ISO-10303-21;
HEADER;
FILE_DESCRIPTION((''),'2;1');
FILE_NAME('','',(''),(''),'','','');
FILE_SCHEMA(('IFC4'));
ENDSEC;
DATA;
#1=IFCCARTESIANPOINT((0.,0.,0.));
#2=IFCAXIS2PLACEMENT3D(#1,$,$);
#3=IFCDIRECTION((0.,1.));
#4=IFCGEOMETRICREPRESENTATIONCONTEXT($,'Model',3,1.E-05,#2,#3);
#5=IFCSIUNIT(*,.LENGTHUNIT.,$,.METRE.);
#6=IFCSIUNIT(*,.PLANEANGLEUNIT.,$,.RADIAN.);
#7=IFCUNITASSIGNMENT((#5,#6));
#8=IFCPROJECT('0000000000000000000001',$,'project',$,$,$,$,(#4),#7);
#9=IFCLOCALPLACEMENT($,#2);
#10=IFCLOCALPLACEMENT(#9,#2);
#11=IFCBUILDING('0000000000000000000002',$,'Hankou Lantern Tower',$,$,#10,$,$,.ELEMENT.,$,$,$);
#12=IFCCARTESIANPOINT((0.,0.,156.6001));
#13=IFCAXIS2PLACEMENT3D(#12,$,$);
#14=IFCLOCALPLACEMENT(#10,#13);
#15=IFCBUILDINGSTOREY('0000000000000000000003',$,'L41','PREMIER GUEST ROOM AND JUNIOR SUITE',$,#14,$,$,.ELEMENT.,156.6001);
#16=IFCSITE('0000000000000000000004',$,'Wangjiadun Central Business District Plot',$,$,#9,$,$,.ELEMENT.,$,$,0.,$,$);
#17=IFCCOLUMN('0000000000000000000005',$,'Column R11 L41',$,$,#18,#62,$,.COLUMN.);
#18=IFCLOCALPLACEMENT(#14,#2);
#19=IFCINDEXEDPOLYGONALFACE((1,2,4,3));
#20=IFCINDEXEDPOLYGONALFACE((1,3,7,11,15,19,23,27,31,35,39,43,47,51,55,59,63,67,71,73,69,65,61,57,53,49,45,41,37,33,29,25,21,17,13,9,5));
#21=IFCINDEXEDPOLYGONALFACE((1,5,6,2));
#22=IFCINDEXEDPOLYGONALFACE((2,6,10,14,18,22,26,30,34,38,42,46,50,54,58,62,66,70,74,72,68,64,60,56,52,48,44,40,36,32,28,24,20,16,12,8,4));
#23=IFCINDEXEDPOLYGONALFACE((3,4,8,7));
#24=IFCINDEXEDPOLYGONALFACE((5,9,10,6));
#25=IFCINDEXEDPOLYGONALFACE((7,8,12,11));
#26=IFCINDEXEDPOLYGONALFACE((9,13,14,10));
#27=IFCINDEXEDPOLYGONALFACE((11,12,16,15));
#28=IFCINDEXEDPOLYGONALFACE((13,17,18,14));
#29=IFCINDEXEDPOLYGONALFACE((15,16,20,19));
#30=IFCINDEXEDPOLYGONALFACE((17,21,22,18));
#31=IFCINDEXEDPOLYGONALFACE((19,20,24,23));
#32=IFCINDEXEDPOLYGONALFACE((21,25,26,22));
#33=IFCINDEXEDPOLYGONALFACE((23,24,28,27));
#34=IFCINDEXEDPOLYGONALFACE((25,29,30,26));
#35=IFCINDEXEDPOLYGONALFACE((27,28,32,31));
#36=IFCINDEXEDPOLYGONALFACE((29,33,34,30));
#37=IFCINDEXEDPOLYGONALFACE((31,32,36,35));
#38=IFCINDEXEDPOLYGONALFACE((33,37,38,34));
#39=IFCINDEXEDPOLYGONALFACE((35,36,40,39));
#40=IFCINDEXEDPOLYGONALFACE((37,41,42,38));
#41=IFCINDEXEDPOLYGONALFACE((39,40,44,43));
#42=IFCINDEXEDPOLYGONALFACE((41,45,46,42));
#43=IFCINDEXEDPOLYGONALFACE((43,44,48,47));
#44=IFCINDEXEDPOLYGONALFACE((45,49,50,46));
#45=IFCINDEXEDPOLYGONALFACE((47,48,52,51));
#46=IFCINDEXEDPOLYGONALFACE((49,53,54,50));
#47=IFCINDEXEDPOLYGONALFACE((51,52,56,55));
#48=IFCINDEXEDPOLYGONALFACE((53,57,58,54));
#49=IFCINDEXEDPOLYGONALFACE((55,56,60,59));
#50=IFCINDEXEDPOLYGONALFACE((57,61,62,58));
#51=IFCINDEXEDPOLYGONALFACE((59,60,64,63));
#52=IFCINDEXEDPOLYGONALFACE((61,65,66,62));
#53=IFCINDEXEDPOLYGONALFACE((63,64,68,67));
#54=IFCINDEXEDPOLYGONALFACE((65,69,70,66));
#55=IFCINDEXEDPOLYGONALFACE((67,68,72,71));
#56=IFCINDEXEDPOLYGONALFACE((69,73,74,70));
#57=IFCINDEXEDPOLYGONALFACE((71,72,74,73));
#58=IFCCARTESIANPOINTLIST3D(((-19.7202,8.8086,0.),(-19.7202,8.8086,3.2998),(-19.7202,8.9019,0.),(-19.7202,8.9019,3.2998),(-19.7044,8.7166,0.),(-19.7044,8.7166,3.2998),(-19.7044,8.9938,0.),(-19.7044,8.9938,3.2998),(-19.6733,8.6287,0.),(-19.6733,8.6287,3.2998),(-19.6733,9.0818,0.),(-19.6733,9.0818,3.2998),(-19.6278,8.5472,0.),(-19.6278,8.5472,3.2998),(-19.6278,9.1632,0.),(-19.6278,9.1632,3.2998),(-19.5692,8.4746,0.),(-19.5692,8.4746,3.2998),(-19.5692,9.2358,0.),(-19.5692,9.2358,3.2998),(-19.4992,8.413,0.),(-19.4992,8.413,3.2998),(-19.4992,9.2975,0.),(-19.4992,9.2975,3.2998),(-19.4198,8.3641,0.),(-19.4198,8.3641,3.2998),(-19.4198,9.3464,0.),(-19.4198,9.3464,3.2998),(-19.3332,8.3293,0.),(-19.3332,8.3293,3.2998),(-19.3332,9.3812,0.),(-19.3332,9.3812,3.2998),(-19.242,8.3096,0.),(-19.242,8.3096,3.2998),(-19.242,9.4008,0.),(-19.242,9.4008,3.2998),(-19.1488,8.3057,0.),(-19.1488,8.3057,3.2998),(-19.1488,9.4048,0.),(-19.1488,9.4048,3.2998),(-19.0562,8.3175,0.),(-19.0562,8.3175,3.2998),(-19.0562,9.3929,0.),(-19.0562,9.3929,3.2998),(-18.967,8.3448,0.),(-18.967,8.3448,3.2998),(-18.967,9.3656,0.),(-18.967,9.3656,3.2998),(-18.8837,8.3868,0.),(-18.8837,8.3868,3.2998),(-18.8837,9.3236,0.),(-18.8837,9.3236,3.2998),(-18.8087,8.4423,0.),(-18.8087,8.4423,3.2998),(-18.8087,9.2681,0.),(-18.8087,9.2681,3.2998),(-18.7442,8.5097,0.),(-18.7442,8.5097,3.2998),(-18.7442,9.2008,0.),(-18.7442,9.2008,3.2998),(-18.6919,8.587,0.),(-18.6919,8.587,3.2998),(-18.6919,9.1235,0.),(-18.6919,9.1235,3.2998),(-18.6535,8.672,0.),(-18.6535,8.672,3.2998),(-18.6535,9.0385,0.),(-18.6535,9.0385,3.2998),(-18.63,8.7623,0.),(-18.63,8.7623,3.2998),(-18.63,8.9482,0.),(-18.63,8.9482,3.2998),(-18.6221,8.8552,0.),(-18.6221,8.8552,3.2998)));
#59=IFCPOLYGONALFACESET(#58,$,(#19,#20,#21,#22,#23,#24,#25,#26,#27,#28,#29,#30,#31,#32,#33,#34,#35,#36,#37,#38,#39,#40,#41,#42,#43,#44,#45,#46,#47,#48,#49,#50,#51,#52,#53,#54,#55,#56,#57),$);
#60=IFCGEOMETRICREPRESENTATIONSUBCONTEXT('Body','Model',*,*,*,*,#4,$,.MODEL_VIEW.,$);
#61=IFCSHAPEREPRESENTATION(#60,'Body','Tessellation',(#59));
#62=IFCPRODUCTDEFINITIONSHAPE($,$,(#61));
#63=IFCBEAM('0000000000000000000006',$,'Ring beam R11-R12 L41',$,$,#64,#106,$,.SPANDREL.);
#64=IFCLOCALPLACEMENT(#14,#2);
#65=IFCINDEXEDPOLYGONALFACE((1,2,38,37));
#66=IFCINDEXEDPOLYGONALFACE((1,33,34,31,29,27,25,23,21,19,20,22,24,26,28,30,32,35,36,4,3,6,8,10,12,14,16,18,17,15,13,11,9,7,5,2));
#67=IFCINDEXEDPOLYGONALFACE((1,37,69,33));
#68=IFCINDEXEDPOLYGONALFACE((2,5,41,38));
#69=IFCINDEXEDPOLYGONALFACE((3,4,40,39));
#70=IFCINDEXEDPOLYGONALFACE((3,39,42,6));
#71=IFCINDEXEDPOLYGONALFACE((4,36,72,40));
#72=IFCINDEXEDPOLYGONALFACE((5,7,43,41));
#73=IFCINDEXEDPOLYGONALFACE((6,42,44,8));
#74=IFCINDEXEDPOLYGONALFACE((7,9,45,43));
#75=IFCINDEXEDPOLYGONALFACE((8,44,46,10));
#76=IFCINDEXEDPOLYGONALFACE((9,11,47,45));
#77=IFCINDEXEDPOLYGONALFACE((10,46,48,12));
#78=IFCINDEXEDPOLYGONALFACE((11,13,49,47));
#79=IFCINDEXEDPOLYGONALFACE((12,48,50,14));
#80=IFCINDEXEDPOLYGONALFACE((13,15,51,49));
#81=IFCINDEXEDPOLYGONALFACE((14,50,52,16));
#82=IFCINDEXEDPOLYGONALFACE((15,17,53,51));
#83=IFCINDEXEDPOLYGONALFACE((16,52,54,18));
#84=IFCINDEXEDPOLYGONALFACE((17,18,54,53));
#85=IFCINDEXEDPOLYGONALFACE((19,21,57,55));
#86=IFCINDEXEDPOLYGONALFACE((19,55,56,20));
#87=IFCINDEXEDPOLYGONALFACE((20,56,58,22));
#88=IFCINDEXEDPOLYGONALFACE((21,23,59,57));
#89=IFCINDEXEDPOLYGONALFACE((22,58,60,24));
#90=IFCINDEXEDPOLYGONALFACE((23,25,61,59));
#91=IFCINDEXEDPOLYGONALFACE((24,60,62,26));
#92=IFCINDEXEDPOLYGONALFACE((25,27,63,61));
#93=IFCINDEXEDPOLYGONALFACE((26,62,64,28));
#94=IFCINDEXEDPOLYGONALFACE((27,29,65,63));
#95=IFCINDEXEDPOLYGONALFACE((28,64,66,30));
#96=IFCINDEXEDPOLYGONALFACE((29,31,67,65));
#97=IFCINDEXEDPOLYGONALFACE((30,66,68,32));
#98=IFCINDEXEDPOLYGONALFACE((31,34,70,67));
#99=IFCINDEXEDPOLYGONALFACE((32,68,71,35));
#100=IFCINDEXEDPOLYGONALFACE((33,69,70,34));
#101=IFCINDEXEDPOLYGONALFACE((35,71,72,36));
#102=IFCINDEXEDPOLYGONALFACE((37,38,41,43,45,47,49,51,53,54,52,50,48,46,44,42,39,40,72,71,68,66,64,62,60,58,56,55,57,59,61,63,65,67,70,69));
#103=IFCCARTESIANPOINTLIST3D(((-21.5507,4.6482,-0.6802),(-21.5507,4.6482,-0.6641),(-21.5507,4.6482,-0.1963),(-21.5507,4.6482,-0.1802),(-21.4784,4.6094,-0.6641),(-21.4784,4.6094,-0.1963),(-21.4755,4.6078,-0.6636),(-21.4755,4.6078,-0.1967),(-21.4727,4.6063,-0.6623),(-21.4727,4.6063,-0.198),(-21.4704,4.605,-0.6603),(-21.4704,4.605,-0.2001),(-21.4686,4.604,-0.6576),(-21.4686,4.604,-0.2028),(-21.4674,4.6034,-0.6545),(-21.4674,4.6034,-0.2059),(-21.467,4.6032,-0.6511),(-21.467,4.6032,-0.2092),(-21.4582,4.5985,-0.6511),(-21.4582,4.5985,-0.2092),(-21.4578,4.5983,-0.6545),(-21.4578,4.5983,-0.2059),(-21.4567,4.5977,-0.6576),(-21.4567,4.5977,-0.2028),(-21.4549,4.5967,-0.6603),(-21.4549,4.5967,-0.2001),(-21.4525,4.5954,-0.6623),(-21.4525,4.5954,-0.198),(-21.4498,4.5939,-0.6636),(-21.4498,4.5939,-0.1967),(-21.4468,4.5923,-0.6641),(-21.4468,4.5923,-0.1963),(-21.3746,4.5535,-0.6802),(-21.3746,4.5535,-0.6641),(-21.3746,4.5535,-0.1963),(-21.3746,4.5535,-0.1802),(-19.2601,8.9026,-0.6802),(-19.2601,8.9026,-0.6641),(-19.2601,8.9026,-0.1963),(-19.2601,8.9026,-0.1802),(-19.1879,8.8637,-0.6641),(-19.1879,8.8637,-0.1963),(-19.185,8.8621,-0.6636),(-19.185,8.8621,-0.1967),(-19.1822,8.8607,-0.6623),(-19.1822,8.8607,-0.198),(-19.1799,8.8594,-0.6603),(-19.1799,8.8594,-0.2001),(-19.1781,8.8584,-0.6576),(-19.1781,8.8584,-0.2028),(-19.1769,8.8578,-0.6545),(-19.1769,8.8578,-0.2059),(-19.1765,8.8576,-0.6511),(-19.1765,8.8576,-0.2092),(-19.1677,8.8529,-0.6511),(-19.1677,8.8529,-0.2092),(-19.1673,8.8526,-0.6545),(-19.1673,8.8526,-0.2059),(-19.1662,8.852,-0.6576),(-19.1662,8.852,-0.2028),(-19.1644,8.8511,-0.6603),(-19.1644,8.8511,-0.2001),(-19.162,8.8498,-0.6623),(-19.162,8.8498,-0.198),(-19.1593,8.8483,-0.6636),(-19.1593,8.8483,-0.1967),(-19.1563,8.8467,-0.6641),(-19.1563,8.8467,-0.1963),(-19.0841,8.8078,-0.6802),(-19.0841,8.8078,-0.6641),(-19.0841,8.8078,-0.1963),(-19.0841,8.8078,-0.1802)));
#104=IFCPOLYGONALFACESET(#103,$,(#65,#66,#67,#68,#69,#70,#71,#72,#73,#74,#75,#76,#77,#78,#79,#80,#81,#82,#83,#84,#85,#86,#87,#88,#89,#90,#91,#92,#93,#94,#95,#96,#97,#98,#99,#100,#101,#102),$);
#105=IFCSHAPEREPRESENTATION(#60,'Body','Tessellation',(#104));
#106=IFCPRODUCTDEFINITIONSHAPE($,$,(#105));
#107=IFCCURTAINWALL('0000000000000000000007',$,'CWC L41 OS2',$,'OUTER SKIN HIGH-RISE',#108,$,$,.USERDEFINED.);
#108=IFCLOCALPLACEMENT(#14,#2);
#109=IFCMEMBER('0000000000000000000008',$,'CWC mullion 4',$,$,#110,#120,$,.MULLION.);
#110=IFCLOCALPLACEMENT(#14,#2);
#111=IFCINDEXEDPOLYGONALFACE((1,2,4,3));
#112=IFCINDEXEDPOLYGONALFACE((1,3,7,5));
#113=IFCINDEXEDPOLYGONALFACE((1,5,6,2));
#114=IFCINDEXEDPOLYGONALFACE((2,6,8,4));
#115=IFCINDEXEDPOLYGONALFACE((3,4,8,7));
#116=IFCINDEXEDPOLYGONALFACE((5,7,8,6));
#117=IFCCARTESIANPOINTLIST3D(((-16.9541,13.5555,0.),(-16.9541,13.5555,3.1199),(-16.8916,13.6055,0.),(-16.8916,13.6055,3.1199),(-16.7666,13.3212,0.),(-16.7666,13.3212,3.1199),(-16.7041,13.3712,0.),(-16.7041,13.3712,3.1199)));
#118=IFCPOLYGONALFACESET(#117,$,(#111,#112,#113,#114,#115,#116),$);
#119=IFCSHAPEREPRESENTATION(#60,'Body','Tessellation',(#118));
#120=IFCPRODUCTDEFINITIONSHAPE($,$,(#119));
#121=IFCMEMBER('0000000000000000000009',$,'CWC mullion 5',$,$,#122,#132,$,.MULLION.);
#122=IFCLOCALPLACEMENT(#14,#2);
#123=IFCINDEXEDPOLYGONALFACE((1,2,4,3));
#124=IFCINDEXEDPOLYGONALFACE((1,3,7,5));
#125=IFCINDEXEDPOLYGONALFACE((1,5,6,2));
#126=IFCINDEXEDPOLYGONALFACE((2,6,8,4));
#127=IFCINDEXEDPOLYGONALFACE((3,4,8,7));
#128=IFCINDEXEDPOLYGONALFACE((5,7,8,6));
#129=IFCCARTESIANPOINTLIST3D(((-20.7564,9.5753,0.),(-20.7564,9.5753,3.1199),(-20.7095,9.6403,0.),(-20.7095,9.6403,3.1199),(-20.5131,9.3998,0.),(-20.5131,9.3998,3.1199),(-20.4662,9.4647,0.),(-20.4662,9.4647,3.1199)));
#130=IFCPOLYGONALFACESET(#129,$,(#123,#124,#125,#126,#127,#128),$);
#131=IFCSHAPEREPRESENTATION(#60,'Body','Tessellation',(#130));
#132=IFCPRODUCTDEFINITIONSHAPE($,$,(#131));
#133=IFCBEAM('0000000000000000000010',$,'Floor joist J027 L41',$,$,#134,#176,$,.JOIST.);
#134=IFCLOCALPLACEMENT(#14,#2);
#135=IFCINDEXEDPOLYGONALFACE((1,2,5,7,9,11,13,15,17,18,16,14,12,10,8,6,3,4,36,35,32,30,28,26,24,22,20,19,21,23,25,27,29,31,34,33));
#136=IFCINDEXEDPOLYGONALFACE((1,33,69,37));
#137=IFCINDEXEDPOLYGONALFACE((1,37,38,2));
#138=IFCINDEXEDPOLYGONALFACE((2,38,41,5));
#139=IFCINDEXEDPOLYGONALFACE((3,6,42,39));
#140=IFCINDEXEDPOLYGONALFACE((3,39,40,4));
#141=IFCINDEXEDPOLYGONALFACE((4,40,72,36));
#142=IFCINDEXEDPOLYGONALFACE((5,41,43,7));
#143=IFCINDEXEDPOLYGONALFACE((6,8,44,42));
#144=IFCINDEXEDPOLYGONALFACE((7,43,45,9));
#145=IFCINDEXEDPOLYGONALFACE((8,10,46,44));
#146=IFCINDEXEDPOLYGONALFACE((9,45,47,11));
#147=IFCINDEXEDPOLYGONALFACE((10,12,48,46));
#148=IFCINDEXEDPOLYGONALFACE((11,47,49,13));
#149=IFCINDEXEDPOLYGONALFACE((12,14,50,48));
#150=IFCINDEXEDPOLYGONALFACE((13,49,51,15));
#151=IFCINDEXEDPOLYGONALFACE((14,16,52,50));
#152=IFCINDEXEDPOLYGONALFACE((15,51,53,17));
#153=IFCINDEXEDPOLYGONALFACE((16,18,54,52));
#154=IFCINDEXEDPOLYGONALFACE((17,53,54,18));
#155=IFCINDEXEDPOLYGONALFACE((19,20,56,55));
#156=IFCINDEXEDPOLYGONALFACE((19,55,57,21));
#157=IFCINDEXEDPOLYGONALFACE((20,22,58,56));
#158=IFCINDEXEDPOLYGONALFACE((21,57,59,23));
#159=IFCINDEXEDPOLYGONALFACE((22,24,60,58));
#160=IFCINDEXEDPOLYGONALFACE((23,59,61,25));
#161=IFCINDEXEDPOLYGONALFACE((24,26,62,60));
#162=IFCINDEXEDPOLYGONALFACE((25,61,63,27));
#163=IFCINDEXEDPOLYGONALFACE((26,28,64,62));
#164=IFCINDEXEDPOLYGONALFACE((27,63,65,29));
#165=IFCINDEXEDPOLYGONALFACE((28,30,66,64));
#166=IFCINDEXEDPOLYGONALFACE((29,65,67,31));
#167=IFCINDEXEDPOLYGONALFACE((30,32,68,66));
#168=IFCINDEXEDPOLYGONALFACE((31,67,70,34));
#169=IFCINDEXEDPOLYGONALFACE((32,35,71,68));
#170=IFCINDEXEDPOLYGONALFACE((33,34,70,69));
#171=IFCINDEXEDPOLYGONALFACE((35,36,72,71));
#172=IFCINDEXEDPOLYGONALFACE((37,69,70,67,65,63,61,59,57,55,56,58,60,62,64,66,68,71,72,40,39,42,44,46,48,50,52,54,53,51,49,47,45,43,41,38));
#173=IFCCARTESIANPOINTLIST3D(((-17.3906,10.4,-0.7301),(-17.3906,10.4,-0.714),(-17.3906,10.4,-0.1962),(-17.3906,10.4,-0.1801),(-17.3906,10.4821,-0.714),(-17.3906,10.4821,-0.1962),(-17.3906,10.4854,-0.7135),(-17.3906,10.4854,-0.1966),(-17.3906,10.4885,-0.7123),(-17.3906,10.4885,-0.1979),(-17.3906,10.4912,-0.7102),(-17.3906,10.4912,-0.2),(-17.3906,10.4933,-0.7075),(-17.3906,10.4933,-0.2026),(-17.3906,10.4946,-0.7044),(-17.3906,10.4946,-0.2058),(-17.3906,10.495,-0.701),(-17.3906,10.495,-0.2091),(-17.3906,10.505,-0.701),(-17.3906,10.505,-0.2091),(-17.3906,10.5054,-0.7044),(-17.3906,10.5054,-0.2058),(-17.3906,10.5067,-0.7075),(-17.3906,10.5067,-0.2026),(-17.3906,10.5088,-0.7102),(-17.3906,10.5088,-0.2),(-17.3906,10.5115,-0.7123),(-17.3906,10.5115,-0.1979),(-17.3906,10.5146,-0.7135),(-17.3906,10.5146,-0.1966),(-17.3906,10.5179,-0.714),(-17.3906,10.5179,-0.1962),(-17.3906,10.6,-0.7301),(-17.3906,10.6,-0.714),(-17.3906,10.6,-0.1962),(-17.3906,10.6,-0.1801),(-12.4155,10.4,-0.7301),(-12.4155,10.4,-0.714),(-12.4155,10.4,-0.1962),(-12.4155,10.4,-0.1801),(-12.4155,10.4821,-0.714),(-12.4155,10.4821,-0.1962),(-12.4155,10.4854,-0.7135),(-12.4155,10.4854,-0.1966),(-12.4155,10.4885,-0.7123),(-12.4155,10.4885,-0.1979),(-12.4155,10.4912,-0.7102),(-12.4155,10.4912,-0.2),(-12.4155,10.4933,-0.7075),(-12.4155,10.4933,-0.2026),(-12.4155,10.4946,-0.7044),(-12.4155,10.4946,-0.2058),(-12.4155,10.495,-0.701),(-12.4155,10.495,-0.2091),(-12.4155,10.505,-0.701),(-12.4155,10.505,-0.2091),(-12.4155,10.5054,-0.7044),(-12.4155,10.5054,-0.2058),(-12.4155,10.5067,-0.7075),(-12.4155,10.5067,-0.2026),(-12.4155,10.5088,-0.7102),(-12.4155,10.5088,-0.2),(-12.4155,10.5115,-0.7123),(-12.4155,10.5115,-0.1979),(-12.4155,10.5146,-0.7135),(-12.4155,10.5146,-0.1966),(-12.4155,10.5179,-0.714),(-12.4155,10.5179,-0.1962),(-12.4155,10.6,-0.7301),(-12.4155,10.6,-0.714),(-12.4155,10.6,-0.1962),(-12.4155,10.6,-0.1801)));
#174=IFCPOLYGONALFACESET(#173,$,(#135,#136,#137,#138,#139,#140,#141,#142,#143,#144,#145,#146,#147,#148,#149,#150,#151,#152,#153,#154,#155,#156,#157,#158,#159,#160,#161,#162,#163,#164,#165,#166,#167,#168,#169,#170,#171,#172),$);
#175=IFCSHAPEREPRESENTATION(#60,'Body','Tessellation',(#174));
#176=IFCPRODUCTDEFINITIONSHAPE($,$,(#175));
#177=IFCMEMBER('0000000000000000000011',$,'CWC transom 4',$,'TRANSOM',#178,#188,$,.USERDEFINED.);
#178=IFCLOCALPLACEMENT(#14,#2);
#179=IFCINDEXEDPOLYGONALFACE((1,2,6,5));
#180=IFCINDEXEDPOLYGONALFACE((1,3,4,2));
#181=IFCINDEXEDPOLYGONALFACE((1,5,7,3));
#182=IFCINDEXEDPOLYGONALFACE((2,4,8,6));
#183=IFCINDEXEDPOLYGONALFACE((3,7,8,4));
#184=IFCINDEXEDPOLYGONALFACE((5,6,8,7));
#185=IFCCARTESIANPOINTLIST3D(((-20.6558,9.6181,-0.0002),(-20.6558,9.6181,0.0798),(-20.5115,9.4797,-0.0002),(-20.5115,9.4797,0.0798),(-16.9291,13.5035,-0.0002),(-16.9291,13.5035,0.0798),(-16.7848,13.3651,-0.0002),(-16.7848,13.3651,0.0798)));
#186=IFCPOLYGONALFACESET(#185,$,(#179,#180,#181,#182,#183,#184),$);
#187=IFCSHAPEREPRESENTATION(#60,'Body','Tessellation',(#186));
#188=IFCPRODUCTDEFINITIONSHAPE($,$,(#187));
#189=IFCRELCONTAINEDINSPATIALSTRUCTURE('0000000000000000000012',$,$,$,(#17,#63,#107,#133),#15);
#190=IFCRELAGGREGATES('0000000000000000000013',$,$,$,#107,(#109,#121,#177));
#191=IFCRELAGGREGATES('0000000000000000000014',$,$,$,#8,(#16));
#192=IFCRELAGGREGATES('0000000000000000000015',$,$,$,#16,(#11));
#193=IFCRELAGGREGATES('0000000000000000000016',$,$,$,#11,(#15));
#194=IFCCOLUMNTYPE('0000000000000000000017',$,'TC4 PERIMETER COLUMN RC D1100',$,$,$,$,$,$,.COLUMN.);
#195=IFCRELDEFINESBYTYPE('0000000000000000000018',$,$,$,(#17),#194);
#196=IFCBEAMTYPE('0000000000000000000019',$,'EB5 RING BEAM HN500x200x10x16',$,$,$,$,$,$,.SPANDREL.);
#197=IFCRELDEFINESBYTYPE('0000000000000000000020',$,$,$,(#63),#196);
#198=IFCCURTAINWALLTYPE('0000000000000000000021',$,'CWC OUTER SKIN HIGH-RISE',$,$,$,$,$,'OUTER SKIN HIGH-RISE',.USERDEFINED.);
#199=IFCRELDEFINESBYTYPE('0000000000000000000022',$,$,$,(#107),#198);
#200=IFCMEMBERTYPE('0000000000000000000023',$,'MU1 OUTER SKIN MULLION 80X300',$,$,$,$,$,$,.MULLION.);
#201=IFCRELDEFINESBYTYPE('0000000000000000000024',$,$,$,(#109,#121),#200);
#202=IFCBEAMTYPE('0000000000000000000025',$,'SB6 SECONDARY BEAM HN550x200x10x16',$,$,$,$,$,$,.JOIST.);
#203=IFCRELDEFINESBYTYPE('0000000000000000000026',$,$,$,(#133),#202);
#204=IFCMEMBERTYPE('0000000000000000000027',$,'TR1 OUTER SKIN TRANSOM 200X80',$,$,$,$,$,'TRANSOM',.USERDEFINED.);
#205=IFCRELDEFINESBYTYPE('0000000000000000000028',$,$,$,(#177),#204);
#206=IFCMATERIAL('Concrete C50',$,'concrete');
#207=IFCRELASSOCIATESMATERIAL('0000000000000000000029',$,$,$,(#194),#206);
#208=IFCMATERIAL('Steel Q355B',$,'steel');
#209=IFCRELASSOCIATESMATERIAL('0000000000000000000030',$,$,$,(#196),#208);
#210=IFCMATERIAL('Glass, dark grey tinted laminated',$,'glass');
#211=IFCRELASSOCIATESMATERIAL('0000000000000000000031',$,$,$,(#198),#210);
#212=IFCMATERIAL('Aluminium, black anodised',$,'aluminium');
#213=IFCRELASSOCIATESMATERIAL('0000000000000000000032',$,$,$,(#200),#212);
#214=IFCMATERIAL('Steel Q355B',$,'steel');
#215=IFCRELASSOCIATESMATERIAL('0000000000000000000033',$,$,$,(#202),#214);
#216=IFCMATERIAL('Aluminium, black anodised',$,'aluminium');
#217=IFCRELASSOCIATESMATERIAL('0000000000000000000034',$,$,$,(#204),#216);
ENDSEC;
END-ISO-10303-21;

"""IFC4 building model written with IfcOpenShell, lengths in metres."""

from ifc_helpers import new_model, si_unit, direction, frame, origin, origin_2d, place, context, subcontext, project, spatial, rectangle, circle, i_section, extrude, material, material_profile, profile_set, type_object, element, aggregate, save


model = new_model("IFC4")

# Units and contexts
model_context = context("Model", 3, precision=1e-05, world=origin(), true_north=direction((0.0, 1.0)))
body_context = subcontext(model_context, "Body", "Model", "MODEL_VIEW")
ifc_project = project(units=[si_unit("LENGTHUNIT", "METRE"), si_unit("PLANEANGLEUNIT", "RADIAN")], contexts=[model_context])

# Site, building, storey
site_placement = place(None, origin())
site = spatial("IfcSite", under=ifc_project, at=site_placement, Name="Wangjiadun Central Business District Plot", CompositionType="ELEMENT", RefElevation=0.0)
building_placement = place(site_placement, origin())
building = spatial("IfcBuilding", under=site, at=building_placement, Name="Hankou Lantern Tower", CompositionType="ELEMENT")
storey_placement = place(building_placement, frame((0.0, 0.0, 156.6001)))
storey = spatial("IfcBuildingStorey", under=building, at=storey_placement, Name="L41", Description="PREMIER GUEST ROOM AND JUNIOR SUITE", CompositionType="ELEMENT", Elevation=156.6001)

# Column
ifc_material_1 = material(Name="Concrete C50", Category="concrete")
ifc_material_profile_1 = material_profile(ifc_material_1, circle(Radius=0.55, at=origin_2d()), Name="RC D1100")
ifc_profile_set_1 = profile_set([ifc_material_profile_1], Name="Concrete C50")
column_type = type_object("IfcColumnType", Name="TC4 PERIMETER COLUMN RC D1100", PredefinedType="COLUMN", material=ifc_profile_set_1)
column_placement = place(storey_placement, frame((-19.1721, 8.8552, 0.0), z_axis=(0.0, 0.0, 1.0), x_axis=(1.0, 0.0, 0.0)))
element("IfcColumn", 1, at=column_placement, inside=storey, type_object=column_type, Name="Column R11 L41", PredefinedType="COLUMN", context=body_context, shape_type="SweptSolid", body=[
    extrude(circle(Radius=0.55, at=origin_2d()), origin(), (0.0, 0.0, 1.0), 3.2998),
])

# Beam
ifc_material_2 = material(Name="Steel Q355B", Category="steel")
ifc_material_profile_2 = material_profile(ifc_material_2, i_section(OverallWidth=0.2, OverallDepth=0.5, WebThickness=0.01, FlangeThickness=0.0161, FilletRadius=0.0129, at=origin_2d()), Name="HN500x200x10x16")
ifc_profile_set_2 = profile_set([ifc_material_profile_2], Name="Steel Q355B")
beam_type_1 = type_object("IfcBeamType", Name="EB5 RING BEAM HN500x200x10x16", PredefinedType="SPANDREL", material=ifc_profile_set_2)
beam_1_placement = place(storey_placement, frame((-19.1721, 8.8552, -0.4302), z_axis=(-0.474052, -0.880497, 0.0), x_axis=(0.880497, -0.474052, 0.0)))
element("IfcBeam", 2, at=beam_1_placement, inside=storey, type_object=beam_type_1, Name="Ring beam R11-R12 L41", PredefinedType="SPANDREL", context=body_context, shape_type="SweptSolid", body=[
    extrude(i_section(OverallWidth=0.2, OverallDepth=0.5, WebThickness=0.01, FlangeThickness=0.0161, FilletRadius=0.0129, at=origin_2d()), origin(), (0.0, 0.0, 1.0), 4.8318),
])

# Curtain wall, members
ifc_material_3 = material(Name="Glass, dark grey tinted laminated", Category="glass")
curtain_wall_type = type_object("IfcCurtainWallType", Name="CWC OUTER SKIN HIGH-RISE", ElementType="OUTER SKIN HIGH-RISE", PredefinedType="USERDEFINED", material=ifc_material_3)
curtain_wall_placement = place(storey_placement, origin())
curtain_wall = element("IfcCurtainWall", 3, at=curtain_wall_placement, inside=storey, type_object=curtain_wall_type, Name="CWC L41 OS2", ObjectType="OUTER SKIN HIGH-RISE", PredefinedType="USERDEFINED")
ifc_material_4 = material(Name="Aluminium, black anodised", Category="aluminium")
ifc_material_profile_3 = material_profile(ifc_material_4, rectangle(XDim=0.0801, YDim=0.3, at=origin_2d()), Name="MU1 80X300")
ifc_profile_set_3 = profile_set([ifc_material_profile_3], Name="Aluminium, black anodised")
member_type_1 = type_object("IfcMemberType", Name="MU1 OUTER SKIN MULLION 80X300", PredefinedType="MULLION", material=ifc_profile_set_3)
member_1_placement = place(storey_placement, frame((-16.8291, 13.4634, 0.0), z_axis=(0.0, 0.0, 1.0), x_axis=(-0.780869, -0.624695, 0.0)))
member_1 = element("IfcMember", 4, at=member_1_placement, type_object=member_type_1, Name="CWC mullion 4", PredefinedType="MULLION", context=body_context, shape_type="SweptSolid", body=[
    extrude(rectangle(XDim=0.0801, YDim=0.3, at=origin_2d()), origin(), (0.0, 0.0, 1.0), 3.1199),
])
member_2_placement = place(storey_placement, frame((-20.6113, 9.52, 0.0), z_axis=(0.0, 0.0, 1.0), x_axis=(-0.585206, -0.810885, 0.0)))
member_2 = element("IfcMember", 5, at=member_2_placement, type_object=member_type_1, Name="CWC mullion 5", PredefinedType="MULLION", context=body_context, shape_type="SweptSolid", body=[
    extrude(rectangle(XDim=0.0801, YDim=0.3, at=origin_2d()), origin(), (0.0, 0.0, 1.0), 3.1199),
])

# Beam
ifc_material_5 = material(Name="Steel Q355B", Category="steel")
ifc_material_profile_4 = material_profile(ifc_material_5, i_section(OverallWidth=0.2, OverallDepth=0.55, WebThickness=0.01, FlangeThickness=0.0161, FilletRadius=0.0129, at=origin_2d()), Name="HN550x200x10x16")
ifc_profile_set_4 = profile_set([ifc_material_profile_4], Name="Steel Q355B")
beam_type_2 = type_object("IfcBeamType", Name="SB6 SECONDARY BEAM HN550x200x10x16", PredefinedType="JOIST", material=ifc_profile_set_4)
beam_2_placement = place(storey_placement, frame((-17.3906, 10.5, -0.4551), z_axis=(1.0, 0.0, 0.0), x_axis=(0.0, 1.0, 0.0)))
element("IfcBeam", 6, at=beam_2_placement, inside=storey, type_object=beam_type_2, Name="Floor joist J027 L41", PredefinedType="JOIST", context=body_context, shape_type="SweptSolid", body=[
    extrude(i_section(OverallWidth=0.2, OverallDepth=0.55, WebThickness=0.01, FlangeThickness=0.0161, FilletRadius=0.0129, at=origin_2d()), origin(), (0.0, 0.0, 1.0), 4.9751),
])

# Member
ifc_material_6 = material(Name="Aluminium, black anodised", Category="aluminium")
ifc_material_profile_5 = material_profile(ifc_material_6, rectangle(XDim=0.2, YDim=0.0801, at=origin_2d()), Name="TR1 200X80")
ifc_profile_set_5 = profile_set([ifc_material_profile_5], Name="Aluminium, black anodised")
member_type_2 = type_object("IfcMemberType", Name="TR1 OUTER SKIN TRANSOM 200X80", ElementType="TRANSOM", PredefinedType="USERDEFINED", material=ifc_profile_set_5)
member_3_placement = place(storey_placement, frame((-16.8569, 13.4343, 0.0398), z_axis=(-0.692216, -0.721691, 0.0), x_axis=(0.721691, -0.692216, 0.0)))
member_3 = element("IfcMember", 7, at=member_3_placement, type_object=member_type_2, Name="CWC transom 4", ObjectType="TRANSOM", PredefinedType="USERDEFINED", context=body_context, shape_type="SweptSolid", body=[
    extrude(rectangle(XDim=0.2, YDim=0.0801, at=origin_2d()), origin(), (0.0, 0.0, 1.0), 5.3838),
])

aggregate(curtain_wall, [member_1, member_2, member_3])

save(model, "model.ifc")
